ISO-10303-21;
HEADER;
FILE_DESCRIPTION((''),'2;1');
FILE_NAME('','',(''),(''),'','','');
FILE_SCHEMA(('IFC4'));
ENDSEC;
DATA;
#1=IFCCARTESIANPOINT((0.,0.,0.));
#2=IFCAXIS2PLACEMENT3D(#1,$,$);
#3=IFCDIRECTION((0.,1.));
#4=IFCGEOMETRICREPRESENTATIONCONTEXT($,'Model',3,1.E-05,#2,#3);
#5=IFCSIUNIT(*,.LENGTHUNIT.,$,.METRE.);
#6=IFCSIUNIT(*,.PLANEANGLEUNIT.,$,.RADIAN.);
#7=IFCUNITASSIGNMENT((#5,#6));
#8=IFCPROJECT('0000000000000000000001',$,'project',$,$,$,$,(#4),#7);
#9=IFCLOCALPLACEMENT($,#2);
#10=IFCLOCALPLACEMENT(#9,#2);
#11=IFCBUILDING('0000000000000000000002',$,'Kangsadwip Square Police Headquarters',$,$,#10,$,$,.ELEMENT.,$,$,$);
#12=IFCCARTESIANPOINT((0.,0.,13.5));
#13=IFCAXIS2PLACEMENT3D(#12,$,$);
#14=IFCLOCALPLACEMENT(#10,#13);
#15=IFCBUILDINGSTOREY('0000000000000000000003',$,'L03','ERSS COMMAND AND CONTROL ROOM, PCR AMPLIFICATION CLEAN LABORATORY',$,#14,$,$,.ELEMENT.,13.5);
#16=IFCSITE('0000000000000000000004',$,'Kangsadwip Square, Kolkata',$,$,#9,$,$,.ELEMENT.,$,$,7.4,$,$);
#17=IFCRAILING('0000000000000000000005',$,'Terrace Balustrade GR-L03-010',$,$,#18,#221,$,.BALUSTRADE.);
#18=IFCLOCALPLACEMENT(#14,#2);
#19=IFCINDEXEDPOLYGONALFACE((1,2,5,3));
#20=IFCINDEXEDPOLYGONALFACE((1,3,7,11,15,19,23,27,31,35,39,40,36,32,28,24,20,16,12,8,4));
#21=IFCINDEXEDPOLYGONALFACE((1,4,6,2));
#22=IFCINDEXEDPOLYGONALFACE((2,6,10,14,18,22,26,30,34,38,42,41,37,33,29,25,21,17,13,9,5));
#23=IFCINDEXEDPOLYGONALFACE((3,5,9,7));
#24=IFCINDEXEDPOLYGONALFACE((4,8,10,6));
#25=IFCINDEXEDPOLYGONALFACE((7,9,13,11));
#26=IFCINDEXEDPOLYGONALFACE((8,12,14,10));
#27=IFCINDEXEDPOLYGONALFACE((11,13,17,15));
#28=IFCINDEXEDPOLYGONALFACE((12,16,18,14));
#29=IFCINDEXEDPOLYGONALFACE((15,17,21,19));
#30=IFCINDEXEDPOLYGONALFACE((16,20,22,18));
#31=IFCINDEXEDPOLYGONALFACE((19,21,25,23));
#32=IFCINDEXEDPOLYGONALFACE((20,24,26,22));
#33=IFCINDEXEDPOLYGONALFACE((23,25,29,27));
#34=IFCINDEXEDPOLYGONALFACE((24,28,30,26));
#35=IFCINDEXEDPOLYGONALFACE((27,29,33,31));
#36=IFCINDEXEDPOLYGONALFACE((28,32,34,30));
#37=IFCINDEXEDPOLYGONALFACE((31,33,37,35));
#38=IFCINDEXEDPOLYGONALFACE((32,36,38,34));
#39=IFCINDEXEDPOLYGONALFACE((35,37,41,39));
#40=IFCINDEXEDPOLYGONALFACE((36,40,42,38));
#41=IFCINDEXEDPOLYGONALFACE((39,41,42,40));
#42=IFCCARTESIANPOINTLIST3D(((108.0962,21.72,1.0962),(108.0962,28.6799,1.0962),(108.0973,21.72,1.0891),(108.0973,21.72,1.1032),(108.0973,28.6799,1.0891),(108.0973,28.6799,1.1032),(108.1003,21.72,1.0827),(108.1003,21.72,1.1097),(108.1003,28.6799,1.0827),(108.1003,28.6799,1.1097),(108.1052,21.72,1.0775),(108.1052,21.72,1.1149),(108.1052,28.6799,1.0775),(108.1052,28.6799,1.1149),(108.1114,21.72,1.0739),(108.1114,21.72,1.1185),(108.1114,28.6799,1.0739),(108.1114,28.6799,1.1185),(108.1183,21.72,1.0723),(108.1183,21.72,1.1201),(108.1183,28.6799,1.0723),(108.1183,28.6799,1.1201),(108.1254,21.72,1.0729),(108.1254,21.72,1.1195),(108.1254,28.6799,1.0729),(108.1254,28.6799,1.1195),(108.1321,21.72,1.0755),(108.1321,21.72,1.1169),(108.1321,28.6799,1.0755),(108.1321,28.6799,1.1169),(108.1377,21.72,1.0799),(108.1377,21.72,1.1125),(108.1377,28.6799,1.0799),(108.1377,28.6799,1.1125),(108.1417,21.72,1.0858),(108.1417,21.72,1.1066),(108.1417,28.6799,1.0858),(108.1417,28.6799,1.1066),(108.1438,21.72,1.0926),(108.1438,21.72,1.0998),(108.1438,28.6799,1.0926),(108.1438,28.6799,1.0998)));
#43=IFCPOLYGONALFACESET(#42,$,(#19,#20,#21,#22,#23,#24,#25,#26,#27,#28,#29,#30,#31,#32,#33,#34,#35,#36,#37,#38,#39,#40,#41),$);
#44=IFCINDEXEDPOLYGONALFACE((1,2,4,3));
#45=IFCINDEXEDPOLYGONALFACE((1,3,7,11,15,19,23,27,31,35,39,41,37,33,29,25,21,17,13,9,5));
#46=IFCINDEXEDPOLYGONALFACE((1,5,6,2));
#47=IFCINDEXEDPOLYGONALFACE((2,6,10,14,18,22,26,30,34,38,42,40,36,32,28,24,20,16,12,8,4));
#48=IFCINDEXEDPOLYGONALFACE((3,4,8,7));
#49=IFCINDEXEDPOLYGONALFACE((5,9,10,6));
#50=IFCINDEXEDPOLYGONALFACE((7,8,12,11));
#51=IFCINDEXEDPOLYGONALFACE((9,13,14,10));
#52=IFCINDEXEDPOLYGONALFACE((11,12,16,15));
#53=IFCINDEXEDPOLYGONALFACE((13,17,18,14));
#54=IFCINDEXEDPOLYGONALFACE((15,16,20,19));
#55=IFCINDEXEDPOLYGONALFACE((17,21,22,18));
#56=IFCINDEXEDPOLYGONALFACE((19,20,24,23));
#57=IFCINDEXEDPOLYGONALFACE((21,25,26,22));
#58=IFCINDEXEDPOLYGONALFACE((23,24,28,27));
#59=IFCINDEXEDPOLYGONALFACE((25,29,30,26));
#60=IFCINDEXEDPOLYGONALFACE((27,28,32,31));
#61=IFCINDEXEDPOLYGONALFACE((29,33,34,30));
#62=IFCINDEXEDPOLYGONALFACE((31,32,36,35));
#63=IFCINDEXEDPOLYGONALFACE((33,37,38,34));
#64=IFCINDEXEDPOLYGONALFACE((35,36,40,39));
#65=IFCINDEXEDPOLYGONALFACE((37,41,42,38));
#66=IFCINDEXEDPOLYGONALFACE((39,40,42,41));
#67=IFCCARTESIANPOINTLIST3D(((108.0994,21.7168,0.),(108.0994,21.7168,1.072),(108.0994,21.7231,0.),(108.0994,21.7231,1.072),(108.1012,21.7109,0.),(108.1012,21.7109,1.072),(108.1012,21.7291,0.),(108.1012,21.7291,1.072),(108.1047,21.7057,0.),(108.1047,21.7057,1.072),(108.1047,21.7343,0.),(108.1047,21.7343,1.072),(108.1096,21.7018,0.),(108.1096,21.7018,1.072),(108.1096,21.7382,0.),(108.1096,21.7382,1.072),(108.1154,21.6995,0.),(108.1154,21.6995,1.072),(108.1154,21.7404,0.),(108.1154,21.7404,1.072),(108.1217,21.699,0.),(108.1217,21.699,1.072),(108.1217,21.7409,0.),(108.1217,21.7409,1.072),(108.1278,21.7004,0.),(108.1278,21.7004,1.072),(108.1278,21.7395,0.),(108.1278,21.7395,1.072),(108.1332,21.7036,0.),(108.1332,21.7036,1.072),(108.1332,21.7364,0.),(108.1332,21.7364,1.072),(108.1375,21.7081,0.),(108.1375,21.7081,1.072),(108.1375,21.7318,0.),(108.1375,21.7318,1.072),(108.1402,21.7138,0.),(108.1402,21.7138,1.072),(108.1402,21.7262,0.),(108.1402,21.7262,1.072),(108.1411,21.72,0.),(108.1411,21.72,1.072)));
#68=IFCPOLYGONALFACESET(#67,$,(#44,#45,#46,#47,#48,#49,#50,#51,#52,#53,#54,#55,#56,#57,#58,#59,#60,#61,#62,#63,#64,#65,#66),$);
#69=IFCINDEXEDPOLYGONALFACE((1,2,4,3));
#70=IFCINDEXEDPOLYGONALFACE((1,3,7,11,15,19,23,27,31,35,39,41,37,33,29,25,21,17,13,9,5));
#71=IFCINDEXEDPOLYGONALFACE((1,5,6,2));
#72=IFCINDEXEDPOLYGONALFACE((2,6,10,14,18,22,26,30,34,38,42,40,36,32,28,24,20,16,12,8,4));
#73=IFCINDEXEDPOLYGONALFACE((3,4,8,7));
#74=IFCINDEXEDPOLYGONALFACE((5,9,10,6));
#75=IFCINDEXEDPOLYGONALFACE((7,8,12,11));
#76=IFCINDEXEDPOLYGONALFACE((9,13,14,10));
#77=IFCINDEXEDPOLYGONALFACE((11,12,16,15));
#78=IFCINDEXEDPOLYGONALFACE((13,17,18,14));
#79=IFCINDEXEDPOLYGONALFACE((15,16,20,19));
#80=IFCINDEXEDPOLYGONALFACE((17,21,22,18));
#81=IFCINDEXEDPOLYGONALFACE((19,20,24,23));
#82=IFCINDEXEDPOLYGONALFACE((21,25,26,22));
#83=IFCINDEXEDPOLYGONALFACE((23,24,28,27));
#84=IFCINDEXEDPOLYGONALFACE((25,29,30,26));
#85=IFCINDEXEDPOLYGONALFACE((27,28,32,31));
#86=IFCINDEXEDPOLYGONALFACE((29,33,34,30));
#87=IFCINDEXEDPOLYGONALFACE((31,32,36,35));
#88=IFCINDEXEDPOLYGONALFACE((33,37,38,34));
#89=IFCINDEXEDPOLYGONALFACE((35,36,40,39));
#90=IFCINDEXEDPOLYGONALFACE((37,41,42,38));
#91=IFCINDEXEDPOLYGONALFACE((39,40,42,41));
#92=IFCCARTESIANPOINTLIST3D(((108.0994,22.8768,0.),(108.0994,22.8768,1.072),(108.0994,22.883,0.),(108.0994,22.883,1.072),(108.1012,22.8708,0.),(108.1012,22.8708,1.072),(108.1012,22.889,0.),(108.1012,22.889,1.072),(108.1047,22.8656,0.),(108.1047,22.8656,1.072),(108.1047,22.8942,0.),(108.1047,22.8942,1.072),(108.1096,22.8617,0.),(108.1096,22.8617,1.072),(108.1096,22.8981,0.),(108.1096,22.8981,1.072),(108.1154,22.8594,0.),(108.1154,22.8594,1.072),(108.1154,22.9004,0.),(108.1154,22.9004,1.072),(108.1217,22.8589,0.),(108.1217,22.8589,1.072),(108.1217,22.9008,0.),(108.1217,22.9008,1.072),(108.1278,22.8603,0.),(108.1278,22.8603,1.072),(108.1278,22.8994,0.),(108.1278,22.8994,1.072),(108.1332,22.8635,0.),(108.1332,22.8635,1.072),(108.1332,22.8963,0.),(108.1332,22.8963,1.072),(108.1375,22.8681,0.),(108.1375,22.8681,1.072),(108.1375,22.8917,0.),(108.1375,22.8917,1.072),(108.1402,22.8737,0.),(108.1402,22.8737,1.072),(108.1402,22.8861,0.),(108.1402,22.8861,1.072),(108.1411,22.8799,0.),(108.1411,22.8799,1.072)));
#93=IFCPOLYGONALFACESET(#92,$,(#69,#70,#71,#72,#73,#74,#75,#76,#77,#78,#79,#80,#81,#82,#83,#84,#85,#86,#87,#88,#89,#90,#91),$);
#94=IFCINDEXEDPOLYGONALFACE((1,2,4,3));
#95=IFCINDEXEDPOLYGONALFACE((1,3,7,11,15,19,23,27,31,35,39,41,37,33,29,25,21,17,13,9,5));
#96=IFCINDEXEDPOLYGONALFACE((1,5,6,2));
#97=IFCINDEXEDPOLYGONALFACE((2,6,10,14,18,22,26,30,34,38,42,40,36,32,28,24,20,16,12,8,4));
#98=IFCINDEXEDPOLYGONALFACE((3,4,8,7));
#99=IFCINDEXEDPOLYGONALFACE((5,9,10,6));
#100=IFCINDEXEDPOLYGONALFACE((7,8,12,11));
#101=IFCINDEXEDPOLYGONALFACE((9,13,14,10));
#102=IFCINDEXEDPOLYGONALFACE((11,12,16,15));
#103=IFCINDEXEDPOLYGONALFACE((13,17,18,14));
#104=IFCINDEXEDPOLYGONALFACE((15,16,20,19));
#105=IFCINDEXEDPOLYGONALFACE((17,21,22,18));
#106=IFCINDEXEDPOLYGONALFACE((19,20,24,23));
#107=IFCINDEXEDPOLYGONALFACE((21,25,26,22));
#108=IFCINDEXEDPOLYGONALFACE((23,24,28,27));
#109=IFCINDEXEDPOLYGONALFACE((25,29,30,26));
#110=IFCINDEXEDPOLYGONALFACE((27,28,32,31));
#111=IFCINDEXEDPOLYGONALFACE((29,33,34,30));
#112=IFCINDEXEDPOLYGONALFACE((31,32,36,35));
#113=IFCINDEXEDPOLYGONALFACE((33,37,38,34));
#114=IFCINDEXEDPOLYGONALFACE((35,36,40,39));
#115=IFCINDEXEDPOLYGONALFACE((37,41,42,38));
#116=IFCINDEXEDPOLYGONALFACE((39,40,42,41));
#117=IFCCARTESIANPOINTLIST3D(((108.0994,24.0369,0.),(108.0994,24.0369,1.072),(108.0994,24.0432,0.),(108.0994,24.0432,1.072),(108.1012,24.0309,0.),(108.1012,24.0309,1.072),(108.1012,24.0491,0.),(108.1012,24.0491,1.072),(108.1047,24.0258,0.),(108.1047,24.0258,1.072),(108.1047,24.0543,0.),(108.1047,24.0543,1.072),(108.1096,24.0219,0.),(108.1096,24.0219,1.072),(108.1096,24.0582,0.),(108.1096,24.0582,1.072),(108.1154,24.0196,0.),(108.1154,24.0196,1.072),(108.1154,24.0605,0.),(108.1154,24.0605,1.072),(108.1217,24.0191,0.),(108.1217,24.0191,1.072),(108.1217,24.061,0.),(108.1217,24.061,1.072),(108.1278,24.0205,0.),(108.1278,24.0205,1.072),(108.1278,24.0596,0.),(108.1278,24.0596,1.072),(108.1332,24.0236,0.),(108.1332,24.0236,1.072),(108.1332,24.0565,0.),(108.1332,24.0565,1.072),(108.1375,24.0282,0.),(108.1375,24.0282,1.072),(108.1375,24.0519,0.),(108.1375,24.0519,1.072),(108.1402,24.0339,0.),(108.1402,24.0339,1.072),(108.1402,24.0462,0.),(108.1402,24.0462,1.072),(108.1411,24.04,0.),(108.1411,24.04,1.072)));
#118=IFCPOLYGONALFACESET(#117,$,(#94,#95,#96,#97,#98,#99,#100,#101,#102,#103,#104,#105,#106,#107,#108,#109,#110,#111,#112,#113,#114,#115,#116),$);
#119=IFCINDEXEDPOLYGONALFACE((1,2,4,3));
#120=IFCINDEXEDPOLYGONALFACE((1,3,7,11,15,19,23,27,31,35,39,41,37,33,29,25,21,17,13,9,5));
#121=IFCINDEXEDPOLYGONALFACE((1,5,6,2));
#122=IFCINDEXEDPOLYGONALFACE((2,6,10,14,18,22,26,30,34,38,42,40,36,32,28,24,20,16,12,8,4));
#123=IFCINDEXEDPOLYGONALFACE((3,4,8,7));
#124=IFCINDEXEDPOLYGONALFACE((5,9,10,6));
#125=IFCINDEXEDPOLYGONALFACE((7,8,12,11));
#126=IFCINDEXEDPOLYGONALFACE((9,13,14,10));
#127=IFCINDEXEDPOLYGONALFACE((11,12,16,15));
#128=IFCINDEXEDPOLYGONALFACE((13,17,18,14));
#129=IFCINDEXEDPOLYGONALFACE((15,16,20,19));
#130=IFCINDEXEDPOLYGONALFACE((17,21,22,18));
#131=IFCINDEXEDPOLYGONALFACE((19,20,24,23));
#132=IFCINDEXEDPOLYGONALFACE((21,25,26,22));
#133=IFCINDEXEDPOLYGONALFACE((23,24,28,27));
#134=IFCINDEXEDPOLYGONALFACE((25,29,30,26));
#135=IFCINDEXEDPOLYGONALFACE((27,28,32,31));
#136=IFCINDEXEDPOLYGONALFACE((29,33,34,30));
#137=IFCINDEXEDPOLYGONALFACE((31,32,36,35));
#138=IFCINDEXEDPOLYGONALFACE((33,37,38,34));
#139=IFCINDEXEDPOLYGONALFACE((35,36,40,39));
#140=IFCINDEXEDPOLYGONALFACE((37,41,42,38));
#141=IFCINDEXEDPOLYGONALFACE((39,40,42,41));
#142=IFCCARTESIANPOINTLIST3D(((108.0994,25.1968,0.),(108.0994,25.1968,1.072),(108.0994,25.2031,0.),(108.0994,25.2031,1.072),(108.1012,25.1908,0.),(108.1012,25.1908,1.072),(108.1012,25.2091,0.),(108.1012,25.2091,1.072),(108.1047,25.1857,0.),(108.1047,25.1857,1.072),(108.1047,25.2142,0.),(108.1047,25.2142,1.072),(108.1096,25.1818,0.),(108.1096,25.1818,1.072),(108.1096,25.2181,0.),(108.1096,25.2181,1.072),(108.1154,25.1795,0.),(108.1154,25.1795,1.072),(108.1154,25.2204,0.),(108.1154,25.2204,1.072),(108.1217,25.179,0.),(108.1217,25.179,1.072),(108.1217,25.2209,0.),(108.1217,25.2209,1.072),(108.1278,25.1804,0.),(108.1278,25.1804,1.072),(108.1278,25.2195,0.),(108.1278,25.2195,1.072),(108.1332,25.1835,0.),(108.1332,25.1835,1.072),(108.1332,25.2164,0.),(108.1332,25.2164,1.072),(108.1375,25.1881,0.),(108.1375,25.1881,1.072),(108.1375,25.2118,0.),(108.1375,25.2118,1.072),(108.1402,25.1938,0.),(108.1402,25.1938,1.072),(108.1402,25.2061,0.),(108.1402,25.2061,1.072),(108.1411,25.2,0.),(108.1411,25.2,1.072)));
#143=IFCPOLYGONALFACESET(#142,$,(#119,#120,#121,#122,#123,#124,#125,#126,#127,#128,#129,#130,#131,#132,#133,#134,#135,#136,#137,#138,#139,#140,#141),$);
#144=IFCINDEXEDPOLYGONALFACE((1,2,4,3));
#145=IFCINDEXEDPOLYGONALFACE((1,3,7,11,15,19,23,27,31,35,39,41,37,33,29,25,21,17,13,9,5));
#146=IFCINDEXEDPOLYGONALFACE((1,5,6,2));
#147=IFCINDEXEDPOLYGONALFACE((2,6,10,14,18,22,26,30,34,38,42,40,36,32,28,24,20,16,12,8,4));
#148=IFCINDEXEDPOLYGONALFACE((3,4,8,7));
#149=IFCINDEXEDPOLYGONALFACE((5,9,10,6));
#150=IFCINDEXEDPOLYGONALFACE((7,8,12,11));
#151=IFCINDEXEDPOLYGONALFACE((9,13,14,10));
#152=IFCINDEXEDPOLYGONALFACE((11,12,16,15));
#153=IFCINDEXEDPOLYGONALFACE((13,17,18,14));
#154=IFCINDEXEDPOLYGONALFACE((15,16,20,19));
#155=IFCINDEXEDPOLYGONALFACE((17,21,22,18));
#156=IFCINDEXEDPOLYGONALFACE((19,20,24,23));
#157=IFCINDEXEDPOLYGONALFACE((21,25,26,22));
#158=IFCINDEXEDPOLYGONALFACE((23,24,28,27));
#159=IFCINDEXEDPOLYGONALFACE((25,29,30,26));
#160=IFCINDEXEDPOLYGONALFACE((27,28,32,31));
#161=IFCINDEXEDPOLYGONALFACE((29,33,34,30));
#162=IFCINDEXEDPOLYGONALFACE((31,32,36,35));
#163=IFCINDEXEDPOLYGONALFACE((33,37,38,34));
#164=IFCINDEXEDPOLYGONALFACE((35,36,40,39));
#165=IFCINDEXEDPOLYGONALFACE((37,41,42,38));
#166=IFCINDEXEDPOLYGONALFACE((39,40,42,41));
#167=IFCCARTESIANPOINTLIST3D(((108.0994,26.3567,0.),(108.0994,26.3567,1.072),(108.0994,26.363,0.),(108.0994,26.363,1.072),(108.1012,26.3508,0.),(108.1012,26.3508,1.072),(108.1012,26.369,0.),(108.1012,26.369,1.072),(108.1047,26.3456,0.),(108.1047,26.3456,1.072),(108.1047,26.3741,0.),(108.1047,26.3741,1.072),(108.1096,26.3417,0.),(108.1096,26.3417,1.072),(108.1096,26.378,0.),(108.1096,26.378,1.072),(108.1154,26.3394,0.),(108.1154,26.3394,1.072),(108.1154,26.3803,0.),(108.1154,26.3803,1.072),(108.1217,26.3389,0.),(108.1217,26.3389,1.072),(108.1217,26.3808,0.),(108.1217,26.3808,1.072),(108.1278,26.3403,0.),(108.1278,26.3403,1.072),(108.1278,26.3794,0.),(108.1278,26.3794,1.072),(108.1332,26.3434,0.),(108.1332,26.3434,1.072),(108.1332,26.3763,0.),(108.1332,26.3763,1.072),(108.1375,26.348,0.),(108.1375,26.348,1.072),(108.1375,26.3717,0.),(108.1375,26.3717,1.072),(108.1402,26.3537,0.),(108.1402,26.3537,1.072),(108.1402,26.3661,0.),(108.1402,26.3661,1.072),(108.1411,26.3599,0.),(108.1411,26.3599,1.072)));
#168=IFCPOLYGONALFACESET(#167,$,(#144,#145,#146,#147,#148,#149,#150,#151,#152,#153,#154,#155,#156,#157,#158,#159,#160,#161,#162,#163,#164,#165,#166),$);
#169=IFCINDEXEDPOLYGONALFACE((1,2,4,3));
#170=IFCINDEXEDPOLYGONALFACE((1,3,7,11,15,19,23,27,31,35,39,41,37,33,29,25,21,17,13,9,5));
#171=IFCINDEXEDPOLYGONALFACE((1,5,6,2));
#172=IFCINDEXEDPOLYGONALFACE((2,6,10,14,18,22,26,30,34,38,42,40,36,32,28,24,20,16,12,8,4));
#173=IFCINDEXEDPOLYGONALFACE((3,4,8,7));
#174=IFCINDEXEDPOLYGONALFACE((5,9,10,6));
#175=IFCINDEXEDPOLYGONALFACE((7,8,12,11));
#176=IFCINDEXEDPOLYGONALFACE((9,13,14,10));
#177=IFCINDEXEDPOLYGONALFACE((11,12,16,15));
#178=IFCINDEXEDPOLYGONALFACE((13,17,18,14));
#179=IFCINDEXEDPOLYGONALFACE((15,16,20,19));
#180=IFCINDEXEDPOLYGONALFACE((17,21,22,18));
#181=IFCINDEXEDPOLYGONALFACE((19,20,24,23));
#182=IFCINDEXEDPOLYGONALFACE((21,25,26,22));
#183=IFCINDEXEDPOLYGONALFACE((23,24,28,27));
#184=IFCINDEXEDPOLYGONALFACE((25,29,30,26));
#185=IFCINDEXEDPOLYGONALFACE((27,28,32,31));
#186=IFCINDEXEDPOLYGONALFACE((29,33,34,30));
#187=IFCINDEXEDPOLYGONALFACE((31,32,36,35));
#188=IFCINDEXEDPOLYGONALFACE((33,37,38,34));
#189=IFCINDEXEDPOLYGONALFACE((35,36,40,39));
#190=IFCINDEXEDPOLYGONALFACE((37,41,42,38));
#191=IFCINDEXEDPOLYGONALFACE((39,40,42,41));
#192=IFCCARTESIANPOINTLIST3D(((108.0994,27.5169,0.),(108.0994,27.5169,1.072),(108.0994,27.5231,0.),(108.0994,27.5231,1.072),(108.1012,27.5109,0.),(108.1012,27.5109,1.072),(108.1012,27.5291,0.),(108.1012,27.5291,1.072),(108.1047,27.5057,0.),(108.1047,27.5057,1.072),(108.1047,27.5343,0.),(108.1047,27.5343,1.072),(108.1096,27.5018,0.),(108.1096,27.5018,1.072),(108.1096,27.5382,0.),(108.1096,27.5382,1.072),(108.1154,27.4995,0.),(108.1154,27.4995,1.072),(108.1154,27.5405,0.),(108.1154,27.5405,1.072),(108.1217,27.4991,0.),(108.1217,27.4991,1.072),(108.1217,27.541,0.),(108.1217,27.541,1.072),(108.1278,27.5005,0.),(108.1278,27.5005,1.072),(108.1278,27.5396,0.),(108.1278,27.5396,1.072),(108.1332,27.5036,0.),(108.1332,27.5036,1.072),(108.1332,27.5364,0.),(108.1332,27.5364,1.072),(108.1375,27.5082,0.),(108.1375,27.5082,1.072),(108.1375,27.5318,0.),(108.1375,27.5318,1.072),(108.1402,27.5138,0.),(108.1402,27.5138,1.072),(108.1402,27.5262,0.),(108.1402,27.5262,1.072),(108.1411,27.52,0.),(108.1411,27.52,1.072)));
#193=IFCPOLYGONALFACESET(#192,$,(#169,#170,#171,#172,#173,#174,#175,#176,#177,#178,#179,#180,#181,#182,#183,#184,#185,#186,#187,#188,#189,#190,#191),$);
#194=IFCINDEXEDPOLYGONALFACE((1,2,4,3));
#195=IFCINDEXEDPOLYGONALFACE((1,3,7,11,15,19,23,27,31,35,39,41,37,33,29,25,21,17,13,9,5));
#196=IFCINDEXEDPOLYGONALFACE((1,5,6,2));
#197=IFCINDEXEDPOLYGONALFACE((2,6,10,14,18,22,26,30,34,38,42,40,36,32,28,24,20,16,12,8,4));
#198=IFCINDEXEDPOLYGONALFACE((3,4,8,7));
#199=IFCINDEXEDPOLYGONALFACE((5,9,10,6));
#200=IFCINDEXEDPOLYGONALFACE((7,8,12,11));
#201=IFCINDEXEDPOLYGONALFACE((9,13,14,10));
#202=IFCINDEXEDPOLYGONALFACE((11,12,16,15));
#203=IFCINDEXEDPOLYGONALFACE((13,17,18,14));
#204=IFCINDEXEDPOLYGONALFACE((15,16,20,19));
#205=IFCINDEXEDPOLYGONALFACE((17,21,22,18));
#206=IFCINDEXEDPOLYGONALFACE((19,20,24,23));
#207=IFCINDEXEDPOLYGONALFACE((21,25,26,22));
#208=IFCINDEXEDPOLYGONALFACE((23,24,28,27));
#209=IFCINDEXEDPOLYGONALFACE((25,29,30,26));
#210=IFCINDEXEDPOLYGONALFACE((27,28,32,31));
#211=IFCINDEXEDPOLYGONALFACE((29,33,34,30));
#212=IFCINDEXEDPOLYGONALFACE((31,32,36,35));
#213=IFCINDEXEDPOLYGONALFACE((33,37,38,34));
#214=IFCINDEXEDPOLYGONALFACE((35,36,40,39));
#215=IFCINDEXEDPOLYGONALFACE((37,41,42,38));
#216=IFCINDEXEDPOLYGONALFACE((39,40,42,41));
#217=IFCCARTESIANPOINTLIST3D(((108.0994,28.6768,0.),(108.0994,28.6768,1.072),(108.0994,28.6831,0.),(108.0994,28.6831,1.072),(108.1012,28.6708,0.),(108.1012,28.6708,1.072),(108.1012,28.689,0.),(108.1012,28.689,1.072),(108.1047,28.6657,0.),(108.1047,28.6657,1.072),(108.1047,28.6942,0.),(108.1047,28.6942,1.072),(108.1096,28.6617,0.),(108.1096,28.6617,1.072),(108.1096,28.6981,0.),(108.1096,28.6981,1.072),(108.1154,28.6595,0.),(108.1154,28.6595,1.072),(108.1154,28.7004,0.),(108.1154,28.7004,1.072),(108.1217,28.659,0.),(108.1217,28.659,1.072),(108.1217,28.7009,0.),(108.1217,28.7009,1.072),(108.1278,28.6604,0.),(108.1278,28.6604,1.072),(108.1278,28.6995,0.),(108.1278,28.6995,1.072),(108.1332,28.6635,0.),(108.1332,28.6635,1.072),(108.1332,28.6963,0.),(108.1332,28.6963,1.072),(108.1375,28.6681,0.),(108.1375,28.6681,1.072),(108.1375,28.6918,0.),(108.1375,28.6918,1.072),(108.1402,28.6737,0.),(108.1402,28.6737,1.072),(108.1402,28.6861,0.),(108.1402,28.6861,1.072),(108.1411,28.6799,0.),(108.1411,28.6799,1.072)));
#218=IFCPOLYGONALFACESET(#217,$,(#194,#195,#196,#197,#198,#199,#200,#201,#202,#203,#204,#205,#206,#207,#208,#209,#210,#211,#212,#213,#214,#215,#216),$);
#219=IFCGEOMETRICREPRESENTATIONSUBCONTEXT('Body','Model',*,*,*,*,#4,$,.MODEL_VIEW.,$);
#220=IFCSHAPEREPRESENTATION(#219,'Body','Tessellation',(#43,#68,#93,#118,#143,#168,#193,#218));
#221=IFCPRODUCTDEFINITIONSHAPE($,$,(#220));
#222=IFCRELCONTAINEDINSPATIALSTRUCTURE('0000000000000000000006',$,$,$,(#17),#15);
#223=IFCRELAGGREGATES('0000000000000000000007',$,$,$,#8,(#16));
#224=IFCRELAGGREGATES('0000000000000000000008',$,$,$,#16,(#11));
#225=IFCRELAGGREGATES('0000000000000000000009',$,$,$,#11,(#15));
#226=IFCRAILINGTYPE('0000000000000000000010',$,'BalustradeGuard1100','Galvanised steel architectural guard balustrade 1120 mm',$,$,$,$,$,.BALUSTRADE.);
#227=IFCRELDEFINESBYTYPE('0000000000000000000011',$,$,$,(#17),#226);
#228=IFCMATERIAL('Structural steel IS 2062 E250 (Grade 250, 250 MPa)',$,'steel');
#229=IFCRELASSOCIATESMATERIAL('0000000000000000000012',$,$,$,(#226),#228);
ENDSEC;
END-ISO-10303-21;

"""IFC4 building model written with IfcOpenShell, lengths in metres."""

from ifc_helpers import new_model, si_unit, direction, frame, origin, origin_2d, place, context, subcontext, project, spatial, circle, extrude, material, type_object, element, save


model = new_model("IFC4")

# Units and contexts
model_context = context("Model", 3, precision=1e-05, world=origin(), true_north=direction((0.0, 1.0)))
body_context = subcontext(model_context, "Body", "Model", "MODEL_VIEW")
ifc_project = project(units=[si_unit("LENGTHUNIT", "METRE"), si_unit("PLANEANGLEUNIT", "RADIAN")], contexts=[model_context])

# Site, building, storey
site_placement = place(None, origin())
site = spatial("IfcSite", under=ifc_project, at=site_placement, Name="Kangsadwip Square, Kolkata", CompositionType="ELEMENT", RefElevation=7.4)
building_placement = place(site_placement, origin())
building = spatial("IfcBuilding", under=site, at=building_placement, Name="Kangsadwip Square Police Headquarters", CompositionType="ELEMENT")
storey_placement = place(building_placement, frame((0.0, 0.0, 13.5)))
storey = spatial("IfcBuildingStorey", under=building, at=storey_placement, Name="L03", Description="ERSS COMMAND AND CONTROL ROOM, PCR AMPLIFICATION CLEAN LABORATORY", CompositionType="ELEMENT", Elevation=13.5)

# Railing
ifc_material_1 = material(Name="Structural steel IS 2062 E250 (Grade 250, 250 MPa)", Category="steel")
railing_type = type_object("IfcRailingType", Name="BalustradeGuard1100", Description="Galvanised steel architectural guard balustrade 1120 mm", PredefinedType="BALUSTRADE", material=ifc_material_1)
for number, where, name in (
    (1, (108.1201, 21.72, 0.0), "Terrace Balustrade GR-L03-010"),
):
    element("IfcRailing", number, at=place(storey_placement, frame(where)), inside=storey, type_object=railing_type, Name=name, PredefinedType="BALUSTRADE", context=body_context, shape_type="SweptSolid", body=[
        extrude(circle(Radius=0.0239, at=origin_2d()), frame((0.0, 0.0, 1.0962), z_axis=(0.0, 1.0, 0.0), x_axis=(-1.0, 0.0, 0.0)), (0.0, 0.0, 1.0), 6.96),
        extrude(circle(Radius=0.021, at=origin_2d()), origin(), (0.0, 0.0, 1.0), 1.072),
        extrude(circle(Radius=0.021, at=origin_2d()), frame((0.0, 1.1599, 0.0)), (0.0, 0.0, 1.0), 1.072),
        extrude(circle(Radius=0.021, at=origin_2d()), frame((0.0, 2.3201, 0.0)), (0.0, 0.0, 1.0), 1.072),
        extrude(circle(Radius=0.021, at=origin_2d()), frame((0.0, 3.48, 0.0)), (0.0, 0.0, 1.0), 1.072),
        extrude(circle(Radius=0.021, at=origin_2d()), frame((0.0, 4.6399, 0.0)), (0.0, 0.0, 1.0), 1.072),
        extrude(circle(Radius=0.021, at=origin_2d()), frame((0.0, 5.8, 0.0)), (0.0, 0.0, 1.0), 1.072),
        extrude(circle(Radius=0.021, at=origin_2d()), frame((0.0, 6.96, 0.0)), (0.0, 0.0, 1.0), 1.072),
    ])

save(model, "model.ifc")
